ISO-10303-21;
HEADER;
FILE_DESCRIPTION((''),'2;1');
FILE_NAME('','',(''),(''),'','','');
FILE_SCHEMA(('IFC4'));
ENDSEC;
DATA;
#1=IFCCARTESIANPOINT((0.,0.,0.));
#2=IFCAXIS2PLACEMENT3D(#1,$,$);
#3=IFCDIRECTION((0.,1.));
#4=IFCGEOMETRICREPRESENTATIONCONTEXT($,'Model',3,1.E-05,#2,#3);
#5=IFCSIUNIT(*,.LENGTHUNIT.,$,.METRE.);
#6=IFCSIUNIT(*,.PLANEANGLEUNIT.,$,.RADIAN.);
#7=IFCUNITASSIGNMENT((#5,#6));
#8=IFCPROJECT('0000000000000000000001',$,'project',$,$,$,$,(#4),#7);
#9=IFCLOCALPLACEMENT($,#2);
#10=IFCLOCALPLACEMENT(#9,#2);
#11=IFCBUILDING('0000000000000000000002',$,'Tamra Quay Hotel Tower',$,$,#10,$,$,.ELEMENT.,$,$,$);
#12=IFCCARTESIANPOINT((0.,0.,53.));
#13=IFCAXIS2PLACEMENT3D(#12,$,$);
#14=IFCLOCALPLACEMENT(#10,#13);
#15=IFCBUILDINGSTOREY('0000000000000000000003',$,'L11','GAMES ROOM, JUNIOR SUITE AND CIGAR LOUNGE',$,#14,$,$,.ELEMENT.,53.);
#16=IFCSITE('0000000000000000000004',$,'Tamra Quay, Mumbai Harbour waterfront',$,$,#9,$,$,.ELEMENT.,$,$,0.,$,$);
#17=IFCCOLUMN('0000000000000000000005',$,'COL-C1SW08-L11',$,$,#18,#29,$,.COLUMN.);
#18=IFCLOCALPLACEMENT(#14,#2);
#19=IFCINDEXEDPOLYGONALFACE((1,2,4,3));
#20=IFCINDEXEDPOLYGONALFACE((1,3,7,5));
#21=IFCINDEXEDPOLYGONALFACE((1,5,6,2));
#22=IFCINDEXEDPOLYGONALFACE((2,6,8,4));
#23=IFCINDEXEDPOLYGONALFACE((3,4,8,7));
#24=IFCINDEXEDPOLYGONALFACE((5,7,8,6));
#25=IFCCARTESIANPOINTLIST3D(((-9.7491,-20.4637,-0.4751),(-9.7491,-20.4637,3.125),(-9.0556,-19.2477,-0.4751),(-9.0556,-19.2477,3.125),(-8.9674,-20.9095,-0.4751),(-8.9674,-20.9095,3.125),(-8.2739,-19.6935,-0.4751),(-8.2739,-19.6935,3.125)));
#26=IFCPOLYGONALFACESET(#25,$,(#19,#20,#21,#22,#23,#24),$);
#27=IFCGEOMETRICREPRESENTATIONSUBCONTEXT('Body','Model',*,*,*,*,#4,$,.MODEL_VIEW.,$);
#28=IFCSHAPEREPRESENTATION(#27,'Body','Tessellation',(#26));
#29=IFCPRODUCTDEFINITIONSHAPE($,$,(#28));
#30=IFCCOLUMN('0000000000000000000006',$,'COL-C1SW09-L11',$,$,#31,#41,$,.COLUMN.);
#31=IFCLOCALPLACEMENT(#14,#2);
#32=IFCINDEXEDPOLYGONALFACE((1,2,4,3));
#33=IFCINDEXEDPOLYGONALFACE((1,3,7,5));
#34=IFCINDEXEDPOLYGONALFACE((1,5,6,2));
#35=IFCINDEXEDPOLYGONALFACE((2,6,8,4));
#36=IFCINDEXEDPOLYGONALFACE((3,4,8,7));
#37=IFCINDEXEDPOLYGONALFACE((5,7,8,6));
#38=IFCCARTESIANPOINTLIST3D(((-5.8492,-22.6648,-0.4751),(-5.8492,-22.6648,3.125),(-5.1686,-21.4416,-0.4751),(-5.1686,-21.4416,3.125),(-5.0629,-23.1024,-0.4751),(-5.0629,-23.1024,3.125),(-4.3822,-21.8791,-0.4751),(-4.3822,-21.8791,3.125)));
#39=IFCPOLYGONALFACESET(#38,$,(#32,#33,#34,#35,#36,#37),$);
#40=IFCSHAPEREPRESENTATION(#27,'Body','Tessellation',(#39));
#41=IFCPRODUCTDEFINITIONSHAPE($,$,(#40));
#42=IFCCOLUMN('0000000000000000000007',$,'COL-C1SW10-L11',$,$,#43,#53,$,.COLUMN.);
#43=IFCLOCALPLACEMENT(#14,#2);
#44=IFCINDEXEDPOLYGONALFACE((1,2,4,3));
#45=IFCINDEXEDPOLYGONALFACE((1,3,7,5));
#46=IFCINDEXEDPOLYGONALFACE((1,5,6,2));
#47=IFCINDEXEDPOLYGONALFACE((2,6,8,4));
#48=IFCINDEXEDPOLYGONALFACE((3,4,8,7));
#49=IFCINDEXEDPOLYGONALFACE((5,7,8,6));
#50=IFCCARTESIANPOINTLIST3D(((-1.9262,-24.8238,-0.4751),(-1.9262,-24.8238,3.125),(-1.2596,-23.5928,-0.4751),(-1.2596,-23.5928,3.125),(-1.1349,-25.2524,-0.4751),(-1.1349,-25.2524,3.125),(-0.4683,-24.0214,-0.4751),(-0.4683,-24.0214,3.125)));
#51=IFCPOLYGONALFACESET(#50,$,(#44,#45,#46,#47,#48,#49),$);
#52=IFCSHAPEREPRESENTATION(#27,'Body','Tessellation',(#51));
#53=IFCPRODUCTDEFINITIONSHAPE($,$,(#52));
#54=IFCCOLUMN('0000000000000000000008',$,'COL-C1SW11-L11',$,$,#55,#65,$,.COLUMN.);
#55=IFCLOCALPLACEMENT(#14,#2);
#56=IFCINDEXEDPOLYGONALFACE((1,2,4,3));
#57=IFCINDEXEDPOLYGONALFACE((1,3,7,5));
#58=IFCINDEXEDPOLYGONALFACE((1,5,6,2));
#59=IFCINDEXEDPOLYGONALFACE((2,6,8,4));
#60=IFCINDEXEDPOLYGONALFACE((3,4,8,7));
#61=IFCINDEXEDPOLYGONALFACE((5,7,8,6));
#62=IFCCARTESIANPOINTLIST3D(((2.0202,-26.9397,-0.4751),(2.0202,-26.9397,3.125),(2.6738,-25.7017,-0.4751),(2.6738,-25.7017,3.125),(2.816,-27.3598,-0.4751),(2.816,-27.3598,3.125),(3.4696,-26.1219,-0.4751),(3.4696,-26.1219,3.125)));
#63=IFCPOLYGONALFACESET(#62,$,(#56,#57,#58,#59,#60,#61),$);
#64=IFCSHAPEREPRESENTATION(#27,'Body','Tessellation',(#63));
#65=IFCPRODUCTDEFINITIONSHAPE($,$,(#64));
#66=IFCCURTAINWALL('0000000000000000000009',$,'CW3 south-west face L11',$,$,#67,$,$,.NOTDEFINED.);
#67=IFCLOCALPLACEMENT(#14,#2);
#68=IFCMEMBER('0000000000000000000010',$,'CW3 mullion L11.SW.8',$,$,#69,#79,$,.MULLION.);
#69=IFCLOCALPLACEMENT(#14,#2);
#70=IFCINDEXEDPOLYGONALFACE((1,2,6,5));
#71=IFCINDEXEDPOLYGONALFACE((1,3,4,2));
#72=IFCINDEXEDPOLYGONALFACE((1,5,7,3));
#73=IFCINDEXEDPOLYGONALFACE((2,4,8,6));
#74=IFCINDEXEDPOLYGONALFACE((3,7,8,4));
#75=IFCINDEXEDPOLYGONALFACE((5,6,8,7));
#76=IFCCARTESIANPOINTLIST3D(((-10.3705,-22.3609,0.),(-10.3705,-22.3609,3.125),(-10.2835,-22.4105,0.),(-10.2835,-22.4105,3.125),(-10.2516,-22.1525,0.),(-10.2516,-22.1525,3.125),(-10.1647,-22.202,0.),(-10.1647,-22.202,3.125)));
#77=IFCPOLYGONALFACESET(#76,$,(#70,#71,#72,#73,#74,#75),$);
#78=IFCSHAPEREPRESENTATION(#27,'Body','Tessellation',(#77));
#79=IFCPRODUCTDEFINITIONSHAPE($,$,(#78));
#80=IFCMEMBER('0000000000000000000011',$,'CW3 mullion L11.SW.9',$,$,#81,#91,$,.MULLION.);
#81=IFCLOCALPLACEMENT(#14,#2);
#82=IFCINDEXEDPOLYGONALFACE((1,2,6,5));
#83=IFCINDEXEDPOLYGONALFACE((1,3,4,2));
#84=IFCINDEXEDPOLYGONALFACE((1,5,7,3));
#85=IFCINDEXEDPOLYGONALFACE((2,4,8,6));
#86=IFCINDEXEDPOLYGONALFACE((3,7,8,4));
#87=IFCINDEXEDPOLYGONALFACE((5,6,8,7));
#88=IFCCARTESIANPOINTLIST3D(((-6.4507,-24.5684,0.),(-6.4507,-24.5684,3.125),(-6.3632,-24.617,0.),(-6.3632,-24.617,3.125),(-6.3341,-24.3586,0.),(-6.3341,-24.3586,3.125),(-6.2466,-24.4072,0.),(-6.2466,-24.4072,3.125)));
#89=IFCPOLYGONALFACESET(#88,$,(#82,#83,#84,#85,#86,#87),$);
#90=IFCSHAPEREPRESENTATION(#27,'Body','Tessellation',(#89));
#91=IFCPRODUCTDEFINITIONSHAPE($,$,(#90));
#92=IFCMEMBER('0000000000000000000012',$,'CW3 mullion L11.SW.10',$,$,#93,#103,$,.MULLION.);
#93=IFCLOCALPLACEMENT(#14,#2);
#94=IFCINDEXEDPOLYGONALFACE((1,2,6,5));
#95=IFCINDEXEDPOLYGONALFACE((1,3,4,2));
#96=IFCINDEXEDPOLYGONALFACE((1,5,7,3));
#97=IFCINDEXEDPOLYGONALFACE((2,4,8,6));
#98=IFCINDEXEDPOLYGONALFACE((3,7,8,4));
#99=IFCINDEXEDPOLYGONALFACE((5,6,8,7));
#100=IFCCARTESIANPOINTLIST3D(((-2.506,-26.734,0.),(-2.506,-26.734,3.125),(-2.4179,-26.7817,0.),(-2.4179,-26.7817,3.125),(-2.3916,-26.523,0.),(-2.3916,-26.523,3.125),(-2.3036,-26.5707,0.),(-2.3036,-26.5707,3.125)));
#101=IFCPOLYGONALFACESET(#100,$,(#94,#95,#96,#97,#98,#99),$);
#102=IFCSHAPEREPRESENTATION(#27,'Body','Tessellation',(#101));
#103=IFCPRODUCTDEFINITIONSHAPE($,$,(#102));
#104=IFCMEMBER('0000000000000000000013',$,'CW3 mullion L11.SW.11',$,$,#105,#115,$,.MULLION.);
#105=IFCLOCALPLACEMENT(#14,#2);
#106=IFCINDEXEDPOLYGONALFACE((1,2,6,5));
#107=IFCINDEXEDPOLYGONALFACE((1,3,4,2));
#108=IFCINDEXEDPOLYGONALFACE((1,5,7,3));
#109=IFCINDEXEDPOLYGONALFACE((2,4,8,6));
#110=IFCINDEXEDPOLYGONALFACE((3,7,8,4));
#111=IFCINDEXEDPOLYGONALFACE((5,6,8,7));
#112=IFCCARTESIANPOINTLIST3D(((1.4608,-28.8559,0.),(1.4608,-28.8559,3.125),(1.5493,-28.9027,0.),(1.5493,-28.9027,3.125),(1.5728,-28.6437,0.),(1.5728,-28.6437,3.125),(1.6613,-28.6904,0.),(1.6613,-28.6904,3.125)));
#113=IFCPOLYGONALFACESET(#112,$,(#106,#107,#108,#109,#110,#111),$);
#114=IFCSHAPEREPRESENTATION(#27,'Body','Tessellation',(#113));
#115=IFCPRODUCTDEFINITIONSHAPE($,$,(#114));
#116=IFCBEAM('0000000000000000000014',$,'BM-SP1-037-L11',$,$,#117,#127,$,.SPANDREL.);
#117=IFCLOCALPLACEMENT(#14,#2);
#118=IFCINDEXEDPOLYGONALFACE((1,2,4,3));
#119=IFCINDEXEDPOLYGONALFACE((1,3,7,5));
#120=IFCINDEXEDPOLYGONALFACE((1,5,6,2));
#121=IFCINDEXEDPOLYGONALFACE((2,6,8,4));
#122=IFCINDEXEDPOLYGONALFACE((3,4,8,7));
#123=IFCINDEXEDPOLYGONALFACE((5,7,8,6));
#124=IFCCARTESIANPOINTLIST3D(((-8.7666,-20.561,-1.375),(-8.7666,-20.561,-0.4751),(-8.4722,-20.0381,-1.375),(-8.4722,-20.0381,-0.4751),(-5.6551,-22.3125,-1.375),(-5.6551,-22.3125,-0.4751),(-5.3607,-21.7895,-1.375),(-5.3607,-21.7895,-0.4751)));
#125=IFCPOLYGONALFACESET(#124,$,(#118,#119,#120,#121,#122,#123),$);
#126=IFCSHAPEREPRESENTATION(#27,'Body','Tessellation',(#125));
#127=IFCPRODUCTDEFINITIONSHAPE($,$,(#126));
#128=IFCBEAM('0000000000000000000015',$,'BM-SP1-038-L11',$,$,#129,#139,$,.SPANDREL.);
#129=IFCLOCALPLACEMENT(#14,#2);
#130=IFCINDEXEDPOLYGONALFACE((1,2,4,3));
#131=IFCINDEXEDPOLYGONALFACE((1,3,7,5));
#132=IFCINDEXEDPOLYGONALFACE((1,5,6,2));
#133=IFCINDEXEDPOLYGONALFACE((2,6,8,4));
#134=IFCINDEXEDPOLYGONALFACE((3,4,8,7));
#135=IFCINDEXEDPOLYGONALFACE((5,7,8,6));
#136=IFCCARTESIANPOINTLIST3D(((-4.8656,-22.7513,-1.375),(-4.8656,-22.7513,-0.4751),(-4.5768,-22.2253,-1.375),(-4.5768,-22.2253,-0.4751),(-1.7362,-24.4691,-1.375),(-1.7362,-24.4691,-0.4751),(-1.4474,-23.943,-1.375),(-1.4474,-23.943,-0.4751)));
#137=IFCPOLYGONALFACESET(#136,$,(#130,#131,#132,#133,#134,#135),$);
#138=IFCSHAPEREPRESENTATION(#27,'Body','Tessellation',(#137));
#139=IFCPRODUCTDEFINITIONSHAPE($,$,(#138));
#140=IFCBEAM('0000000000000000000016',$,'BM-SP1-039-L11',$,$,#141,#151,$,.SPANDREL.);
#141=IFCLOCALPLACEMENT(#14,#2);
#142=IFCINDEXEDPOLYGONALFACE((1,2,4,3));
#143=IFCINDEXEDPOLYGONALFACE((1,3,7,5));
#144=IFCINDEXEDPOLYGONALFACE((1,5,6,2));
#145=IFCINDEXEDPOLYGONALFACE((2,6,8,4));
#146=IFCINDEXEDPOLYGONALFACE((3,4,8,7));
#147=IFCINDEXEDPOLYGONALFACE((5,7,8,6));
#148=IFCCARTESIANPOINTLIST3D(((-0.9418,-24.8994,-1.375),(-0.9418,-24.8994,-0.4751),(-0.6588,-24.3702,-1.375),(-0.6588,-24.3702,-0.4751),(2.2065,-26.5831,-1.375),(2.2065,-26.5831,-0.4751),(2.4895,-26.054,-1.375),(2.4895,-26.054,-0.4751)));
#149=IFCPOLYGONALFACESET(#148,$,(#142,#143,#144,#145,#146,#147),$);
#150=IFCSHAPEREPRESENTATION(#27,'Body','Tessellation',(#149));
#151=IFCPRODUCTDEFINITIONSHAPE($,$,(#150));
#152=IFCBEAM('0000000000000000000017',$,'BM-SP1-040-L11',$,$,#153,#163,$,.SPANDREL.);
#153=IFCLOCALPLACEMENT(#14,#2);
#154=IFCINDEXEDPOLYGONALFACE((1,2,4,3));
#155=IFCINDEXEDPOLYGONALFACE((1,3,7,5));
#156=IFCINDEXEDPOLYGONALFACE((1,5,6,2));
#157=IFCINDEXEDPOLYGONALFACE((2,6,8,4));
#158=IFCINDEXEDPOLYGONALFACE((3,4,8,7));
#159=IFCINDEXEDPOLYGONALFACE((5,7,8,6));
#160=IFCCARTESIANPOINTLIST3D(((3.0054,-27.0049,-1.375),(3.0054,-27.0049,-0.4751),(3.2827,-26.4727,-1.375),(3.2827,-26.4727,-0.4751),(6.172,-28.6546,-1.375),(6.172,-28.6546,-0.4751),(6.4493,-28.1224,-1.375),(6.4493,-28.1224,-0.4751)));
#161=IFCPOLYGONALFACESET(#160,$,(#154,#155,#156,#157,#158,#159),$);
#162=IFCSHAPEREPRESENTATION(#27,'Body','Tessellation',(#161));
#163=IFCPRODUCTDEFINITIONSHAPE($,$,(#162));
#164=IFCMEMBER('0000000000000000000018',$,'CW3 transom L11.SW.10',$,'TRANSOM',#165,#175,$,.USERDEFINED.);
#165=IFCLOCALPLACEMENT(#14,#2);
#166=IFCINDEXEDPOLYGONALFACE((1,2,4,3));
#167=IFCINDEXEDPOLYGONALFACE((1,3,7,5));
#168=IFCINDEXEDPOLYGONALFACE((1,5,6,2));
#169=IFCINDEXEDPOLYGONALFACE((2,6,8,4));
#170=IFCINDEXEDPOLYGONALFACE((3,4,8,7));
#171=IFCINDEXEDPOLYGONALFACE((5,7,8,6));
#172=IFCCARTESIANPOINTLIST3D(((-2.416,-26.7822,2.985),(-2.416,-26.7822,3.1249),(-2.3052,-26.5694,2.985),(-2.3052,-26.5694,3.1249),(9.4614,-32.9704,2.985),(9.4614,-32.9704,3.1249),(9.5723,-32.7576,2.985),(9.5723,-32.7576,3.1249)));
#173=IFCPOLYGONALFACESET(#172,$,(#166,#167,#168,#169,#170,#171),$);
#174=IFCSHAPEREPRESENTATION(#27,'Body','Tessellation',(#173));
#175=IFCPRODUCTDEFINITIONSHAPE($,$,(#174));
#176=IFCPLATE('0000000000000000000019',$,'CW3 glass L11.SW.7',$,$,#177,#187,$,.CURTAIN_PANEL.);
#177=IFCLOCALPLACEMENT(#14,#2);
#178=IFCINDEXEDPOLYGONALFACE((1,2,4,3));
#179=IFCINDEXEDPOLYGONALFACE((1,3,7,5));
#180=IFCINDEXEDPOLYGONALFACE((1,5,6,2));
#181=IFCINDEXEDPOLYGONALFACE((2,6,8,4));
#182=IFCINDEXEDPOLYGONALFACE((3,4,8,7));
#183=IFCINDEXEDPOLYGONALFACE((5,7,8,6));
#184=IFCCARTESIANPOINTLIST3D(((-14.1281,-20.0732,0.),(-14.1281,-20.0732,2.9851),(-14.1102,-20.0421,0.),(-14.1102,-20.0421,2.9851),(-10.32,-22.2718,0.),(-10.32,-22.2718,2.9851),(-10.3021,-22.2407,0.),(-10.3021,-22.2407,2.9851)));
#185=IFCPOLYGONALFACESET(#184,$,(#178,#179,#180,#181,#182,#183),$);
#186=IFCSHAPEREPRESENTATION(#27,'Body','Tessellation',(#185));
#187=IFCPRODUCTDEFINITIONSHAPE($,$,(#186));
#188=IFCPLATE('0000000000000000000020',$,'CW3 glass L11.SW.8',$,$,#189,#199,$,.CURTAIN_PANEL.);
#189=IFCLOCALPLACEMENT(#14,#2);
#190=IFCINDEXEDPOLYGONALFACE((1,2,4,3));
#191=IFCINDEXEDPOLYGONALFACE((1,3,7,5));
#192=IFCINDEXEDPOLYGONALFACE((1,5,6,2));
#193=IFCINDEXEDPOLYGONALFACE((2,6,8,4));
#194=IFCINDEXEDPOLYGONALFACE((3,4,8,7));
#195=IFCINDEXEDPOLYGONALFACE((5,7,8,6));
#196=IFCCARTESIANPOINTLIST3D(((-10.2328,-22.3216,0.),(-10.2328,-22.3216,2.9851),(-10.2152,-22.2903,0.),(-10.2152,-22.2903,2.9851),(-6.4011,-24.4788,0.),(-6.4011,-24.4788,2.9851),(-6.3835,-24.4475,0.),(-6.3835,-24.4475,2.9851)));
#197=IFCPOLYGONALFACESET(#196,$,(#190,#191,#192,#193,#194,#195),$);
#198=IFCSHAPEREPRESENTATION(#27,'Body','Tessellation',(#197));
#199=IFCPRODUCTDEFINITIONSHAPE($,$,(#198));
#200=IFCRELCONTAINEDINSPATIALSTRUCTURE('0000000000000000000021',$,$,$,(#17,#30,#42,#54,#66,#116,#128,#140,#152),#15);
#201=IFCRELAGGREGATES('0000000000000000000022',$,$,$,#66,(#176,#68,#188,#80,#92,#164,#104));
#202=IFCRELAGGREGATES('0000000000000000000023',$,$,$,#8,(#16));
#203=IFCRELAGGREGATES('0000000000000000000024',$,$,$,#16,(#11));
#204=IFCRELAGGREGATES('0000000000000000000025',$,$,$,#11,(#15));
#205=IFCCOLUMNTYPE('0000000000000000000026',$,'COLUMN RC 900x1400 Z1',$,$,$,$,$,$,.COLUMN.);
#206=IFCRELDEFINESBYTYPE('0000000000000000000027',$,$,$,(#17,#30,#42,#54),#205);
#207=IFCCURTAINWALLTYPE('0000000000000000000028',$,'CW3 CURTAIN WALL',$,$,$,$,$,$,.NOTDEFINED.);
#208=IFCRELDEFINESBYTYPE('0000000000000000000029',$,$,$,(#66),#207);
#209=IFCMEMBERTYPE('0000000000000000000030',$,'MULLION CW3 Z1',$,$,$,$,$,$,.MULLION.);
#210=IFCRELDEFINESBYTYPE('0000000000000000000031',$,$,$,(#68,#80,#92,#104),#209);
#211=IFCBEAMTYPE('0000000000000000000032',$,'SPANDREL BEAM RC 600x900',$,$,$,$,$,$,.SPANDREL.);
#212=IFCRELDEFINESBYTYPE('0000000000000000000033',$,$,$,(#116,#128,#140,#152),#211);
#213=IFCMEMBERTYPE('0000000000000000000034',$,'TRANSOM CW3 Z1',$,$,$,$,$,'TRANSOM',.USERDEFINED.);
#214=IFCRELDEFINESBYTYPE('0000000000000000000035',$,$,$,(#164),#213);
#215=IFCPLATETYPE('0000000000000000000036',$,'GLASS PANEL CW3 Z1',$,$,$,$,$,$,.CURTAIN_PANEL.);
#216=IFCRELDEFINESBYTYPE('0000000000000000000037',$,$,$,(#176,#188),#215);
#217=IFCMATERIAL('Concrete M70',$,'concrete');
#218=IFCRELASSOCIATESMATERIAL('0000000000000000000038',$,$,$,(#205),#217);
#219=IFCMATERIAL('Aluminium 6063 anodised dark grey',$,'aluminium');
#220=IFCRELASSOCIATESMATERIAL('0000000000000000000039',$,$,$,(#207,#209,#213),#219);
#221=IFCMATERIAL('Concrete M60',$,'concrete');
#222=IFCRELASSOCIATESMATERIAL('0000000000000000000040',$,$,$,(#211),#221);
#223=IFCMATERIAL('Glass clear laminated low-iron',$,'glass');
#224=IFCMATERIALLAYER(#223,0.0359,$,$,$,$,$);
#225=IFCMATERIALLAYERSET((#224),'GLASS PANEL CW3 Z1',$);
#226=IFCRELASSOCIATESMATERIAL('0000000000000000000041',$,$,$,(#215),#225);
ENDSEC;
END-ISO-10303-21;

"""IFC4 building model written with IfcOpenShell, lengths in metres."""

from ifc_helpers import new_model, si_unit, direction, frame, origin, origin_2d, place, context, subcontext, project, spatial, rectangle, extrude, material, layer, layer_set, material_profile, profile_set, type_object, element, aggregate, save


model = new_model("IFC4")

# Units and contexts
model_context = context("Model", 3, precision=1e-05, world=origin(), true_north=direction((0.0, 1.0)))
body_context = subcontext(model_context, "Body", "Model", "MODEL_VIEW")
ifc_project = project(units=[si_unit("LENGTHUNIT", "METRE"), si_unit("PLANEANGLEUNIT", "RADIAN")], contexts=[model_context])

# Site, building, storey
site_placement = place(None, origin())
site = spatial("IfcSite", under=ifc_project, at=site_placement, Name="Tamra Quay, Mumbai Harbour waterfront", CompositionType="ELEMENT", RefElevation=0.0)
building_placement = place(site_placement, origin())
building = spatial("IfcBuilding", under=site, at=building_placement, Name="Tamra Quay Hotel Tower", CompositionType="ELEMENT")
storey_placement = place(building_placement, frame((0.0, 0.0, 53.0)))
storey = spatial("IfcBuildingStorey", under=building, at=storey_placement, Name="L11", Description="GAMES ROOM, JUNIOR SUITE AND CIGAR LOUNGE", CompositionType="ELEMENT", Elevation=53.0)

# Columns
ifc_material_1 = material(Name="Concrete M70", Category="concrete")
ifc_material_profile_1 = material_profile(ifc_material_1, rectangle(XDim=1.3999, YDim=0.8999, at=origin_2d()), Name="COLUMN RC 900x1400 Z1")
ifc_profile_set_1 = profile_set([ifc_material_profile_1], Name="Concrete M70")
column_type = type_object("IfcColumnType", Name="COLUMN RC 900x1400 Z1", PredefinedType="COLUMN", material=ifc_profile_set_1)
for number, where, z_axis, x_axis, name in (
    (1, (-9.0115, -20.0786, -0.4751), (0.0, 0.0, 1.0), (0.495421, 0.868653, 0.0), "COL-C1SW08-L11"),
    (2, (-5.1157, -22.272, -0.4751), (0.0, 0.0, 1.0), (0.486221, 0.873836, 0.0), "COL-C1SW09-L11"),
    (3, (-1.1973, -24.4226, -0.4751), (0.0, 0.0, 1.0), (0.476198, 0.879338, 0.0), "COL-C1SW10-L11"),
    (4, (2.7449, -26.5308, -0.4751), (0.0, 0.0, 1.0), (0.466896, 0.884312, 0.0), "COL-C1SW11-L11"),
):
    element("IfcColumn", number, at=place(storey_placement, frame(where, z_axis=z_axis, x_axis=x_axis)), inside=storey, type_object=column_type, Name=name, PredefinedType="COLUMN", context=body_context, shape_type="SweptSolid", body=[
        extrude(rectangle(XDim=1.3999, YDim=0.8999, at=origin_2d()), origin(), (0.0, 0.0, 1.0), 3.6001),
    ])

# Curtain wall, members
ifc_material_2 = material(Name="Aluminium 6063 anodised dark grey", Category="aluminium")
curtain_wall_type = type_object("IfcCurtainWallType", Name="CW3 CURTAIN WALL", PredefinedType="NOTDEFINED", material=ifc_material_2)
curtain_wall_placement = place(storey_placement, origin())
curtain_wall = element("IfcCurtainWall", 5, at=curtain_wall_placement, inside=storey, type_object=curtain_wall_type, Name="CW3 south-west face L11", PredefinedType="NOTDEFINED")
ifc_material_profile_2 = material_profile(ifc_material_2, rectangle(XDim=0.24, YDim=0.1001, at=origin_2d()), Name="MULLION 100X240")
ifc_profile_set_2 = profile_set([ifc_material_profile_2], Name="Aluminium 6063 anodised dark grey")
member_type_1 = type_object("IfcMemberType", Name="MULLION CW3 Z1", PredefinedType="MULLION", material=ifc_profile_set_2)
member_1_placement = place(storey_placement, frame((-10.2676, -22.2815, 0.0), z_axis=(0.0, 0.0, 1.0), x_axis=(-0.495301, -0.868722, 0.0)))
member_1 = element("IfcMember", 6, at=member_1_placement, type_object=member_type_1, Name="CW3 mullion L11.SW.8", PredefinedType="MULLION", context=body_context, shape_type="SweptSolid", body=[
    extrude(rectangle(XDim=0.24, YDim=0.1001, at=origin_2d()), origin(), (0.0, 0.0, 1.0), 3.125),
])
member_2_placement = place(storey_placement, frame((-6.3486, -24.4878, 0.0), z_axis=(0.0, 0.0, 1.0), x_axis=(-0.485864, -0.874035, 0.0)))
member_2 = element("IfcMember", 7, at=member_2_placement, type_object=member_type_1, Name="CW3 mullion L11.SW.9", PredefinedType="MULLION", context=body_context, shape_type="SweptSolid", body=[
    extrude(rectangle(XDim=0.24, YDim=0.1001, at=origin_2d()), origin(), (0.0, 0.0, 1.0), 3.125),
])
member_3_placement = place(storey_placement, frame((-2.4048, -26.6523, 0.0), z_axis=(0.0, 0.0, 1.0), x_axis=(-0.476377, -0.879241, 0.0)))
member_3 = element("IfcMember", 8, at=member_3_placement, type_object=member_type_1, Name="CW3 mullion L11.SW.10", PredefinedType="MULLION", context=body_context, shape_type="SweptSolid", body=[
    extrude(rectangle(XDim=0.24, YDim=0.1001, at=origin_2d()), origin(), (0.0, 0.0, 1.0), 3.125),
])
member_4_placement = place(storey_placement, frame((1.561, -28.7732, 0.0), z_axis=(0.0, 0.0, 1.0), x_axis=(-0.466835, -0.884344, 0.0)))
member_4 = element("IfcMember", 9, at=member_4_placement, type_object=member_type_1, Name="CW3 mullion L11.SW.11", PredefinedType="MULLION", context=body_context, shape_type="SweptSolid", body=[
    extrude(rectangle(XDim=0.24, YDim=0.1001, at=origin_2d()), origin(), (0.0, 0.0, 1.0), 3.125),
])

# Beams
ifc_material_3 = material(Name="Concrete M60", Category="concrete")
ifc_material_profile_3 = material_profile(ifc_material_3, rectangle(XDim=0.6001, YDim=0.8999, at=origin_2d()), Name="SPANDREL BEAM RC 600x900")
ifc_profile_set_3 = profile_set([ifc_material_profile_3], Name="Concrete M60")
beam_type = type_object("IfcBeamType", Name="SPANDREL BEAM RC 600x900", PredefinedType="SPANDREL", material=ifc_profile_set_3)
beam_1_placement = place(storey_placement, frame((-8.6194, -20.2996, -0.925), z_axis=(0.871431, -0.490518, 0.0), x_axis=(0.490518, 0.871431, 0.0)))
element("IfcBeam", 10, at=beam_1_placement, inside=storey, type_object=beam_type, Name="BM-SP1-037-L11", PredefinedType="SPANDREL", context=body_context, shape_type="SweptSolid", body=[
    extrude(rectangle(XDim=0.6001, YDim=0.8999, at=origin_2d()), origin(), (0.0, 0.0, 1.0), 3.5706),
])
beam_2_placement = place(storey_placement, frame((-4.7212, -22.4883, -0.925), z_axis=(0.876617, -0.481189, 0.0), x_axis=(0.481189, 0.876617, 0.0)))
element("IfcBeam", 11, at=beam_2_placement, inside=storey, type_object=beam_type, Name="BM-SP1-038-L11", PredefinedType="SPANDREL", context=body_context, shape_type="SweptSolid", body=[
    extrude(rectangle(XDim=0.6001, YDim=0.8999, at=origin_2d()), origin(), (0.0, 0.0, 1.0), 3.5698),
])
beam_3_placement = place(storey_placement, frame((-0.8003, -24.6348, -0.925), z_axis=(0.881809, -0.471607, 0.0), x_axis=(0.471607, 0.881809, 0.0)))
element("IfcBeam", 12, at=beam_3_placement, inside=storey, type_object=beam_type, Name="BM-SP1-039-L11", PredefinedType="SPANDREL", context=body_context, shape_type="SweptSolid", body=[
    extrude(rectangle(XDim=0.6001, YDim=0.8999, at=origin_2d()), origin(), (0.0, 0.0, 1.0), 3.5703),
])
beam_4_placement = place(storey_placement, frame((3.144, -26.7388, -0.925), z_axis=(0.886864, -0.462031, 0.0), x_axis=(0.462031, 0.886864, 0.0)))
element("IfcBeam", 13, at=beam_4_placement, inside=storey, type_object=beam_type, Name="BM-SP1-040-L11", PredefinedType="SPANDREL", context=body_context, shape_type="SweptSolid", body=[
    extrude(rectangle(XDim=0.6001, YDim=0.8999, at=origin_2d()), origin(), (0.0, 0.0, 1.0), 3.5706),
])

# Member
ifc_material_profile_4 = material_profile(ifc_material_2, rectangle(XDim=0.24, YDim=0.1399, at=origin_2d()), Name="TRANSOM 240X140")
ifc_profile_set_4 = profile_set([ifc_material_profile_4], Name="Aluminium 6063 anodised dark grey")
member_type_2 = type_object("IfcMemberType", Name="TRANSOM CW3 Z1", ElementType="TRANSOM", PredefinedType="USERDEFINED", material=ifc_profile_set_4)
member_5_placement = place(storey_placement, frame((-2.3606, -26.6758, 3.0549), z_axis=(0.886851, -0.462056, 0.0), x_axis=(0.462056, 0.886851, 0.0)))
member_5 = element("IfcMember", 14, at=member_5_placement, type_object=member_type_2, Name="CW3 transom L11.SW.10", ObjectType="TRANSOM", PredefinedType="USERDEFINED", context=body_context, shape_type="SweptSolid", body=[
    extrude(rectangle(XDim=0.24, YDim=0.1399, at=origin_2d()), origin(), (0.0, 0.0, 1.0), 13.3928),
])

# Plates
ifc_material_4 = material(Name="Glass clear laminated low-iron", Category="glass")
ifc_layer_1 = layer(ifc_material_4, 0.0359)
ifc_layer_set_1 = layer_set([ifc_layer_1], Name="GLASS PANEL CW3 Z1")
plate_type = type_object("IfcPlateType", Name="GLASS PANEL CW3 Z1", PredefinedType="CURTAIN_PANEL", material=ifc_layer_set_1)
plate_1_placement = place(storey_placement, frame((-12.2151, -21.157, 0.0), z_axis=(0.0, 0.0, 1.0), x_axis=(0.866025, -0.5, 0.0)))
plate_1 = element("IfcPlate", 15, at=plate_1_placement, type_object=plate_type, Name="CW3 glass L11.SW.7", PredefinedType="CURTAIN_PANEL", context=body_context, shape_type="SweptSolid", body=[
    extrude(rectangle(XDim=4.3972, YDim=0.0359, at=origin_2d()), origin(), (0.0, 0.0, 1.0), 2.9851),
])
plate_2_placement = place(storey_placement, frame((-8.3081, -23.3845, 0.0), z_axis=(0.0, 0.0, 1.0), x_axis=(0.871392, -0.490587, 0.0)))
plate_2 = element("IfcPlate", 16, at=plate_2_placement, type_object=plate_type, Name="CW3 glass L11.SW.8", PredefinedType="CURTAIN_PANEL", context=body_context, shape_type="SweptSolid", body=[
    extrude(rectangle(XDim=4.3972, YDim=0.0359, at=origin_2d()), origin(), (0.0, 0.0, 1.0), 2.9851),
])
aggregate(curtain_wall, [plate_1, member_1, plate_2, member_2, member_3, member_5, member_4])

save(model, "model.ifc")
